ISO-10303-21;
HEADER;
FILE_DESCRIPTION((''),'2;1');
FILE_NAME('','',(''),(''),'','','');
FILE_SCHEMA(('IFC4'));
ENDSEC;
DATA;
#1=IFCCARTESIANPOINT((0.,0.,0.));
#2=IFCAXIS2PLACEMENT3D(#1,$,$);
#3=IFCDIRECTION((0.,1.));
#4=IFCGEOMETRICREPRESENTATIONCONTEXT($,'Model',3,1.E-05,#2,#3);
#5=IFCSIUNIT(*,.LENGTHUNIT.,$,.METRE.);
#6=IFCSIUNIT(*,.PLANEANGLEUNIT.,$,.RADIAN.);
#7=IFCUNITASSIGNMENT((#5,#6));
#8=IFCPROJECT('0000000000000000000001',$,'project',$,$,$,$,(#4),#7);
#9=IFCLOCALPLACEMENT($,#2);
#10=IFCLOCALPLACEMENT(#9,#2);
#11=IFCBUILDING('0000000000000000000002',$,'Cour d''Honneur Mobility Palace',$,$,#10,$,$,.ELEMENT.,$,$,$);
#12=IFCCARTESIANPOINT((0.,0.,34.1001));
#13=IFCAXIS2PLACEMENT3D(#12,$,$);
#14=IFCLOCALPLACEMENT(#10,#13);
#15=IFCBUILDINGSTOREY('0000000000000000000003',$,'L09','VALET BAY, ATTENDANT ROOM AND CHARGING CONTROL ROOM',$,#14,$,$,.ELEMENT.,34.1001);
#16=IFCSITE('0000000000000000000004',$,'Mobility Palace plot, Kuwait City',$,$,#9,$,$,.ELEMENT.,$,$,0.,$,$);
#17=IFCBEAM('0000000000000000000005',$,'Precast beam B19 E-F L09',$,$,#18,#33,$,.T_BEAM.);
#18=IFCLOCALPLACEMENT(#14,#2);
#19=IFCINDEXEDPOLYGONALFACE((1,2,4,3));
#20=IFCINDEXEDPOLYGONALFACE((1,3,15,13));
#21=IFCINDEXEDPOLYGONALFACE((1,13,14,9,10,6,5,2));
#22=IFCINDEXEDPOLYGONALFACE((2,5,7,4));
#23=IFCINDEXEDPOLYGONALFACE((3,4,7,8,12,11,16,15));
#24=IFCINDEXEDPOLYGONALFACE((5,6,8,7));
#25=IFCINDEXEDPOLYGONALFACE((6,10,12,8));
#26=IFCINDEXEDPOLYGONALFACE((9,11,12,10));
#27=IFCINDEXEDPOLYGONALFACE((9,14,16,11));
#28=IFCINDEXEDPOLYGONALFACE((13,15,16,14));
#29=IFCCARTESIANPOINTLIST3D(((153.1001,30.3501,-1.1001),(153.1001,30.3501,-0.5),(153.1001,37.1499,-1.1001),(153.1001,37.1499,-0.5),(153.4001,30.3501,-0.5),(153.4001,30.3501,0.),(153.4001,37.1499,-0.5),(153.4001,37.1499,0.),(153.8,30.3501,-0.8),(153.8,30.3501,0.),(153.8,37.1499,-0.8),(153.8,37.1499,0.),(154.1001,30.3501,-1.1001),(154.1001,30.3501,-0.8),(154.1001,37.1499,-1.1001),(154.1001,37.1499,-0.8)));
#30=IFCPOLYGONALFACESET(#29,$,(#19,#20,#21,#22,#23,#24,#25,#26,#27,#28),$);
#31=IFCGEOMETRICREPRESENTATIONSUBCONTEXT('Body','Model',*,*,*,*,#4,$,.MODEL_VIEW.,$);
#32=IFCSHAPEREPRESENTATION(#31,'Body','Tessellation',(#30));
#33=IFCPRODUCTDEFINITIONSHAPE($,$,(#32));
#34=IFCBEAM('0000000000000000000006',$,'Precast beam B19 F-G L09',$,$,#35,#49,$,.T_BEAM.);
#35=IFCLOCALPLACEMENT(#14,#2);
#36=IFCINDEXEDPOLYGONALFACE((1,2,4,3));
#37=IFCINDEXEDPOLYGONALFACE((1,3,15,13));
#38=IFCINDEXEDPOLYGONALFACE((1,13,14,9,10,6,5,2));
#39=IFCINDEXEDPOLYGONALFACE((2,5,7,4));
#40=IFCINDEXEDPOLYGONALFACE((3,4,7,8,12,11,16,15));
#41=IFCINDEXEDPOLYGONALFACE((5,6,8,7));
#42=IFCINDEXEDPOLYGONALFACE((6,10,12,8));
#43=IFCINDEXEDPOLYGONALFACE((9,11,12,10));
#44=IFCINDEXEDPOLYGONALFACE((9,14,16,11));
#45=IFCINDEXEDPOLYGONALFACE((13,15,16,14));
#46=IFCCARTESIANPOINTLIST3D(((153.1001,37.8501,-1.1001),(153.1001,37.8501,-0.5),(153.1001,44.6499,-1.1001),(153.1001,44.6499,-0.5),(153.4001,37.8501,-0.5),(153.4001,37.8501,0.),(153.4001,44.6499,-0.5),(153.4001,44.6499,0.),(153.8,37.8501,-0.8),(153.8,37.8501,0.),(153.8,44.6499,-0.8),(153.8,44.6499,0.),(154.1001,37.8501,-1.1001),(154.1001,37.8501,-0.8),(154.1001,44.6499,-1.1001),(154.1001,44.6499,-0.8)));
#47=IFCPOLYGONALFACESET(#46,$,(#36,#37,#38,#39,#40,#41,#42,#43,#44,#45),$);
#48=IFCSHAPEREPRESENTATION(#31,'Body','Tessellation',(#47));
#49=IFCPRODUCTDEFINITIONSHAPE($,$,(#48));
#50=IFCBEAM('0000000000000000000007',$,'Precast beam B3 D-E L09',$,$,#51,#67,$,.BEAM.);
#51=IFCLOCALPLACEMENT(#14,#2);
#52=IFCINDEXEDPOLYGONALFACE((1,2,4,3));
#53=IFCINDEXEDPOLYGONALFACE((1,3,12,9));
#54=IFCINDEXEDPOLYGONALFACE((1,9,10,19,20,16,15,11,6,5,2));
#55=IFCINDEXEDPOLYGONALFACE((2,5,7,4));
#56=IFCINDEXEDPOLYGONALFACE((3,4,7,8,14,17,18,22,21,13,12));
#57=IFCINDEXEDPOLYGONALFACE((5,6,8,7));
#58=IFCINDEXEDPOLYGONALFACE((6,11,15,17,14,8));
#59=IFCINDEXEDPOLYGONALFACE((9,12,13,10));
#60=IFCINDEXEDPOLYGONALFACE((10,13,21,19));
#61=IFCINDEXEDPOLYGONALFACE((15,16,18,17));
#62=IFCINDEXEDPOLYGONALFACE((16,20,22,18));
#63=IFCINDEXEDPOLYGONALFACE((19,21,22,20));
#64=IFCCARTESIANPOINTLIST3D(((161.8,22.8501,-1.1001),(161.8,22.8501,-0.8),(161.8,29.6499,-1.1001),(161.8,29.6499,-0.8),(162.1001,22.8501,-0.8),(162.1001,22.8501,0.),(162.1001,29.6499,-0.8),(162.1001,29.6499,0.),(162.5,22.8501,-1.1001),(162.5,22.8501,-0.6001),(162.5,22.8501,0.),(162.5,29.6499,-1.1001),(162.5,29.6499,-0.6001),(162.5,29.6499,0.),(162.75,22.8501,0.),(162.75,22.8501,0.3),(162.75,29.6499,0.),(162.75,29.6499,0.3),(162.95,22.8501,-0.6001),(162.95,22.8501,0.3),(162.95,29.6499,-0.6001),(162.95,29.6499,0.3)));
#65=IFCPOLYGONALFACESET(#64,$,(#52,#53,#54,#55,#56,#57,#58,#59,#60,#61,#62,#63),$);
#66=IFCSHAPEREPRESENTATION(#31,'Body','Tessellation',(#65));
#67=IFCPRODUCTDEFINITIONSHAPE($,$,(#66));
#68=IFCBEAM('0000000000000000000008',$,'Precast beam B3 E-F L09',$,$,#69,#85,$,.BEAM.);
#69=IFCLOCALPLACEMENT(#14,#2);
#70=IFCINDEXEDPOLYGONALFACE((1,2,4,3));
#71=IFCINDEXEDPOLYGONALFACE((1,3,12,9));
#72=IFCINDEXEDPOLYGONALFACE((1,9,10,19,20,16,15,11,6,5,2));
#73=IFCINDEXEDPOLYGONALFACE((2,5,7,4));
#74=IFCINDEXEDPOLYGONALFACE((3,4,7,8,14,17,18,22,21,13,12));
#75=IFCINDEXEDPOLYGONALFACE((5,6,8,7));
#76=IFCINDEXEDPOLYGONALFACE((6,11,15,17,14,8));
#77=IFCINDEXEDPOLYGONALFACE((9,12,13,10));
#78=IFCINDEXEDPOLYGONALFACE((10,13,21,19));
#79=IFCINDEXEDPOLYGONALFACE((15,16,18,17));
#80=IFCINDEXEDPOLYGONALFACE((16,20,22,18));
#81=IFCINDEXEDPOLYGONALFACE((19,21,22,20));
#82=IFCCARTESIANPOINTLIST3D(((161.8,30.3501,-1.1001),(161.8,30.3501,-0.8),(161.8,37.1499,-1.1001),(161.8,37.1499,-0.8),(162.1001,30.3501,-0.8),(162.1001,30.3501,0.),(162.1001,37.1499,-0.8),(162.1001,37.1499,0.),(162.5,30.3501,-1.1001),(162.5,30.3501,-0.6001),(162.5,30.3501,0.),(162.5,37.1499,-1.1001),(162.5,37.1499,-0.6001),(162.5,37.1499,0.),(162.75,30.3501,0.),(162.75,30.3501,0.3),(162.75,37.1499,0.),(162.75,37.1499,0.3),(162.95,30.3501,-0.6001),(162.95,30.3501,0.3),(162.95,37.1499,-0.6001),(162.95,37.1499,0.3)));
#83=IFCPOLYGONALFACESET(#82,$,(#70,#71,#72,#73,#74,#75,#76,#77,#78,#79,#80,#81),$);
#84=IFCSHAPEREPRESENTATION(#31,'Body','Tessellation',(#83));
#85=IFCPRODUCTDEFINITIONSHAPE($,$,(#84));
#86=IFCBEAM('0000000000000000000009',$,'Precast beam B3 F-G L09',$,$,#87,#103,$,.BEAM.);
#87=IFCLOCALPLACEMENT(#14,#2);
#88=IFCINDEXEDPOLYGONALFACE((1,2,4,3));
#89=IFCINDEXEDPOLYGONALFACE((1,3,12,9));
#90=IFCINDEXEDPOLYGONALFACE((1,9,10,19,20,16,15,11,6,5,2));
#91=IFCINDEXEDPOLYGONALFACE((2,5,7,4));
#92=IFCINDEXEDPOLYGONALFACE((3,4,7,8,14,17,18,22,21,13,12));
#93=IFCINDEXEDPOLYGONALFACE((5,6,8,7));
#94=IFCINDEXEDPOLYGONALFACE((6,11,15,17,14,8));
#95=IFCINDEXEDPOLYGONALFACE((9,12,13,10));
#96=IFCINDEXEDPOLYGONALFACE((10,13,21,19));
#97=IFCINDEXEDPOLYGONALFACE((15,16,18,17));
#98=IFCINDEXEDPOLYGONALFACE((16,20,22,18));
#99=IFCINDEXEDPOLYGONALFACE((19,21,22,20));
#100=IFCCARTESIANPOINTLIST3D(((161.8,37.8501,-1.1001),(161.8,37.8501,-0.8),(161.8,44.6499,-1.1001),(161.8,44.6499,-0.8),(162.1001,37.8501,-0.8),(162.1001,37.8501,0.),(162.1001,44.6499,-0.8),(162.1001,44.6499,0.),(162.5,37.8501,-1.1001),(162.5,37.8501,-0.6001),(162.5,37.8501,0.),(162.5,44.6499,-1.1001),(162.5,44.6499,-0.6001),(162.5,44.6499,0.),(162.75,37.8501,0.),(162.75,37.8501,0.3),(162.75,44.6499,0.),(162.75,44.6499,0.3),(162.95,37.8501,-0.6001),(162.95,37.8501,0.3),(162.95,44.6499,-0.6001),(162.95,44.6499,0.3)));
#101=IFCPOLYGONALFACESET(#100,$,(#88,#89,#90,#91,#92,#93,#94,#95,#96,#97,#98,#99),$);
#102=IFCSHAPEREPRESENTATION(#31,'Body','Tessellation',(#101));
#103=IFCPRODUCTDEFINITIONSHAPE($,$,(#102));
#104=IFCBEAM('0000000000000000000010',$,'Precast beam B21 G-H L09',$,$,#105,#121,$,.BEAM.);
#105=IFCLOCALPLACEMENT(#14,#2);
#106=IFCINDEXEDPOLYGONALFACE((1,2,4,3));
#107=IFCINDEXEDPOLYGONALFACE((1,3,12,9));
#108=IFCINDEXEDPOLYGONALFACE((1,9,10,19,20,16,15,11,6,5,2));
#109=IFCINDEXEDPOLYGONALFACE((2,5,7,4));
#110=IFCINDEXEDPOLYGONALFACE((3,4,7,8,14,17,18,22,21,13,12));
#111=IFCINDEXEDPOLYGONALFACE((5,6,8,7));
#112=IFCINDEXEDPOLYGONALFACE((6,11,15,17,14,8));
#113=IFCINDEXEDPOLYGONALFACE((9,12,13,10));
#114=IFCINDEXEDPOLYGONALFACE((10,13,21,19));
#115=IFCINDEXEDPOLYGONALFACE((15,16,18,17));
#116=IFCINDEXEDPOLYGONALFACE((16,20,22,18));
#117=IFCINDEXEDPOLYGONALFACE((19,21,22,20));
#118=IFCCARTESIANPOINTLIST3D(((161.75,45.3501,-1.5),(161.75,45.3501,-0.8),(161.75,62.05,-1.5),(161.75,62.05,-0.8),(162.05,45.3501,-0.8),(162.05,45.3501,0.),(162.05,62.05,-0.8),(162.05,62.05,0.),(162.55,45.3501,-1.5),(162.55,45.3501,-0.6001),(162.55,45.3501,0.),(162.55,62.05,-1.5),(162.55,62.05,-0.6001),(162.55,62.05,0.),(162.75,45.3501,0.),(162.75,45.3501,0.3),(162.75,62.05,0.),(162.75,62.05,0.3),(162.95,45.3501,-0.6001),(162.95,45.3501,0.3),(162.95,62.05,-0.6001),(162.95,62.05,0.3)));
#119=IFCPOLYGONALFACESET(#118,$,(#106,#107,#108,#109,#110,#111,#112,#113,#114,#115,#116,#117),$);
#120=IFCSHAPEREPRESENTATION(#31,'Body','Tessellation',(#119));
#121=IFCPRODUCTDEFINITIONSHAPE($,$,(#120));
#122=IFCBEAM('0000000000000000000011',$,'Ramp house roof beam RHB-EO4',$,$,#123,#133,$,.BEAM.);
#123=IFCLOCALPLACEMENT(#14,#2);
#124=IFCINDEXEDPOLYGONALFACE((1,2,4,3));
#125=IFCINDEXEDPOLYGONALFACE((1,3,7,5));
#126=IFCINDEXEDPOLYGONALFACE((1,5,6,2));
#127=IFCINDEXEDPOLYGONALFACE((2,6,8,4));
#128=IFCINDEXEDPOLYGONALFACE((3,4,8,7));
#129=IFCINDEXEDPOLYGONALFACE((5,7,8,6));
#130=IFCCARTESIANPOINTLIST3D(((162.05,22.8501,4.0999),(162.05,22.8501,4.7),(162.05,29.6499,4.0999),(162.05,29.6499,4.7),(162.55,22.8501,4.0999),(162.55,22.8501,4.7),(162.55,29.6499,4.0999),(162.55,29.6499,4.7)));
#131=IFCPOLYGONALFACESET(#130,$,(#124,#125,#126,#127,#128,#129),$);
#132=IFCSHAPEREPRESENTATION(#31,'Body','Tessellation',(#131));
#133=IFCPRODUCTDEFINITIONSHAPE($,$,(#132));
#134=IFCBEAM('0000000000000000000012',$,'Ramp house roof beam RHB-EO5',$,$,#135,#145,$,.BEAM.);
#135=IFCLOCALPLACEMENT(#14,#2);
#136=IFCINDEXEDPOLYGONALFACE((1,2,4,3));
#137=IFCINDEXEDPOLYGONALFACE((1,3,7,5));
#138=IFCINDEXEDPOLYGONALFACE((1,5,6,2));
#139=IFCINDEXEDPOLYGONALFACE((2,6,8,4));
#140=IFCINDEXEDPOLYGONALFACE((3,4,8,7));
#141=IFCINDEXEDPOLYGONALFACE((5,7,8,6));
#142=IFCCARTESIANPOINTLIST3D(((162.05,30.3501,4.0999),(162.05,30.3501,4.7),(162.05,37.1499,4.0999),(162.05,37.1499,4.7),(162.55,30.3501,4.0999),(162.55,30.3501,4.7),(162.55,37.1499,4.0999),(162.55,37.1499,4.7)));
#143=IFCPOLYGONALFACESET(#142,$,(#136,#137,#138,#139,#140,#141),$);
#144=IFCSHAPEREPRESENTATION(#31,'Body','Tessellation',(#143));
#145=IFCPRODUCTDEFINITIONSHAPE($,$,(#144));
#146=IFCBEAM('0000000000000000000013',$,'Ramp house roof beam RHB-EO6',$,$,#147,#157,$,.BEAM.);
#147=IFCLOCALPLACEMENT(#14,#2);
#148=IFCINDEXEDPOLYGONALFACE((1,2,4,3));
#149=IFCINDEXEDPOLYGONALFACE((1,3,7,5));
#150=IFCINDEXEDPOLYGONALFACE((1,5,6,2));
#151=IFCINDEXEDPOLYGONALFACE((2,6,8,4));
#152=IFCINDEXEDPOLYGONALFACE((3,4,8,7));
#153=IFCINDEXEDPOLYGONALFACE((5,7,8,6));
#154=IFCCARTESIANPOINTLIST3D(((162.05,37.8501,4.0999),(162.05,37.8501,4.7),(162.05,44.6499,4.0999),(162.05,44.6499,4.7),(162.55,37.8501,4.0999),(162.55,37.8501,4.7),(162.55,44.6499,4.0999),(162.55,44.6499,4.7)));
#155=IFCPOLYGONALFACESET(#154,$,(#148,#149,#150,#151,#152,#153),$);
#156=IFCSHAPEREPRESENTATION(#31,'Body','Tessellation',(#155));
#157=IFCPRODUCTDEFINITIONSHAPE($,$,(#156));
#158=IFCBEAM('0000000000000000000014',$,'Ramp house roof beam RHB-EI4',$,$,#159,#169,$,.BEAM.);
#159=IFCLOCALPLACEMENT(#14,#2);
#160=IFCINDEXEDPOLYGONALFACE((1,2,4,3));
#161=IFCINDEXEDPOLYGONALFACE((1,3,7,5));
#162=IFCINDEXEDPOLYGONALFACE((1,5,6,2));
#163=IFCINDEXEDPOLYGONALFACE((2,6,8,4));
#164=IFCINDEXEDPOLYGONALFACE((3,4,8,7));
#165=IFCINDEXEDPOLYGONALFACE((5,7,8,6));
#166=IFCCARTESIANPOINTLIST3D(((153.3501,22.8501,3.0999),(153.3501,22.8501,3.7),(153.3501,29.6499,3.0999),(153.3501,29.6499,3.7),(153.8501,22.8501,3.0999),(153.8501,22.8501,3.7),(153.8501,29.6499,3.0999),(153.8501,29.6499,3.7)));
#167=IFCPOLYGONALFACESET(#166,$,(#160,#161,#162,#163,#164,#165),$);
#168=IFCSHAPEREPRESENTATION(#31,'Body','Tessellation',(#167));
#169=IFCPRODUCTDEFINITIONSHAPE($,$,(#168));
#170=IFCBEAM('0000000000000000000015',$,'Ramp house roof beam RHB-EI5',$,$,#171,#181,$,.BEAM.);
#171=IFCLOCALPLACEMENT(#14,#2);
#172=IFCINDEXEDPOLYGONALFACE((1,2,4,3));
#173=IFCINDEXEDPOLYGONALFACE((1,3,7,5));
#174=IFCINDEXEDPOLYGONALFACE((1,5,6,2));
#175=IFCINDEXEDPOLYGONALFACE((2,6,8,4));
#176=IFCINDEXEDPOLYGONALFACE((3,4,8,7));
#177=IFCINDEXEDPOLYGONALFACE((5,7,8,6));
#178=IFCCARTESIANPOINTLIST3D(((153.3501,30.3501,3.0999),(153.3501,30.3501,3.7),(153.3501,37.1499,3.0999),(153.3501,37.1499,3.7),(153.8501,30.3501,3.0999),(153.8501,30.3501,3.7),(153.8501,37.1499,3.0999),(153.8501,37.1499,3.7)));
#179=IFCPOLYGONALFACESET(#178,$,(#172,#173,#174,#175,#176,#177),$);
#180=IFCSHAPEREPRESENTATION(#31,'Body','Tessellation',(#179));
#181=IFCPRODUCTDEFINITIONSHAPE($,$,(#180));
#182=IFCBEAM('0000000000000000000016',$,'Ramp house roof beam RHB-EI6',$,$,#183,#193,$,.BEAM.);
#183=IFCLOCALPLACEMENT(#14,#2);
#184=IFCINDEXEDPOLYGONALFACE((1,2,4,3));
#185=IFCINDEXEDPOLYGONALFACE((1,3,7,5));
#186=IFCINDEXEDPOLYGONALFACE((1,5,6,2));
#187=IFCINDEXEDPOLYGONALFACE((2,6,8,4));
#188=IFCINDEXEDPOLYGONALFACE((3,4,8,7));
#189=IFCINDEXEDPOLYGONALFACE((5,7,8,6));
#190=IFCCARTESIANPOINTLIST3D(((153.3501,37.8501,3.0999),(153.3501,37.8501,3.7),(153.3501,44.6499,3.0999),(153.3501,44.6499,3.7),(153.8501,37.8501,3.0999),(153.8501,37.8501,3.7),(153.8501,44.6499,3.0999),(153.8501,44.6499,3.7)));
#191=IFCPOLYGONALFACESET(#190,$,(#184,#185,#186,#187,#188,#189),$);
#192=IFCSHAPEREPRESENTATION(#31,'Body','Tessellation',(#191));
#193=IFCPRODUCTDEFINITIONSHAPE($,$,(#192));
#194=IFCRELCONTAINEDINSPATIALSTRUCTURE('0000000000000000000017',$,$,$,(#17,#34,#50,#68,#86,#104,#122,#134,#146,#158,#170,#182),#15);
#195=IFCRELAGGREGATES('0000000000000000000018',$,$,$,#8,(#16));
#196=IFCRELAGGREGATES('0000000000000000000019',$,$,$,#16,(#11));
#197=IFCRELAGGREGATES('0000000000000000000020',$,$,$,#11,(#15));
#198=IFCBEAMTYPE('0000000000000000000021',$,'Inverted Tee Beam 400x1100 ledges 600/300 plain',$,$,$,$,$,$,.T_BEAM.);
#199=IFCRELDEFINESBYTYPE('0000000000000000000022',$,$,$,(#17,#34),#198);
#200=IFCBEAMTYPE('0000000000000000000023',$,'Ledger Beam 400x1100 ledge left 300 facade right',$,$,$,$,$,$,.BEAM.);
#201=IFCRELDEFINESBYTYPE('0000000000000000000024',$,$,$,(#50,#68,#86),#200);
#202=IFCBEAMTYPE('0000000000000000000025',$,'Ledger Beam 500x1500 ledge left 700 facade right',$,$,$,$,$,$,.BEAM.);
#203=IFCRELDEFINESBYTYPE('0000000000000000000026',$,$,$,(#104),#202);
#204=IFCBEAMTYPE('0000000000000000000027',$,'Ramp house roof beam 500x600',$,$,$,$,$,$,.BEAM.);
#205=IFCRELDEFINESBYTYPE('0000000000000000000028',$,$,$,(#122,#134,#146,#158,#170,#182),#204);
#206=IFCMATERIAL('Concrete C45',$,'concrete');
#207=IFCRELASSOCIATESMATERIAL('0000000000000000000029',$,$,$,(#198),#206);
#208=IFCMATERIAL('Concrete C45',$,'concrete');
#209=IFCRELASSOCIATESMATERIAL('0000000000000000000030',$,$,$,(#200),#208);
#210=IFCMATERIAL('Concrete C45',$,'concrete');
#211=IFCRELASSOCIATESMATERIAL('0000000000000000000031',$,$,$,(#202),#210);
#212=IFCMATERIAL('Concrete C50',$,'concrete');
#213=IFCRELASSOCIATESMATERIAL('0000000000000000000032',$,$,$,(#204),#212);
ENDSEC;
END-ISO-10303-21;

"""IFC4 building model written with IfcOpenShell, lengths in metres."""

from ifc_helpers import new_model, si_unit, direction, frame, origin, origin_2d, place, context, subcontext, project, spatial, polyline, rectangle, outline, extrude, material, material_profile, profile_set, type_object, element, save


model = new_model("IFC4")

# Units and contexts
model_context = context("Model", 3, precision=1e-05, world=origin(), true_north=direction((0.0, 1.0)))
body_context = subcontext(model_context, "Body", "Model", "MODEL_VIEW")
ifc_project = project(units=[si_unit("LENGTHUNIT", "METRE"), si_unit("PLANEANGLEUNIT", "RADIAN")], contexts=[model_context])

# Site, building, storey
site_placement = place(None, origin())
site = spatial("IfcSite", under=ifc_project, at=site_placement, Name="Mobility Palace plot, Kuwait City", CompositionType="ELEMENT", RefElevation=0.0)
building_placement = place(site_placement, origin())
building = spatial("IfcBuilding", under=site, at=building_placement, Name="Cour d'Honneur Mobility Palace", CompositionType="ELEMENT")
storey_placement = place(building_placement, frame((0.0, 0.0, 34.1001)))
storey = spatial("IfcBuildingStorey", under=building, at=storey_placement, Name="L09", Description="VALET BAY, ATTENDANT ROOM AND CHARGING CONTROL ROOM", CompositionType="ELEMENT", Elevation=34.1001)

# Beams
ifc_material_1 = material(Name="Concrete C45", Category="concrete")
ifc_material_profile_1 = material_profile(ifc_material_1, outline(polyline([(0.5, -1.1001), (0.5, -0.5), (0.2, -0.5), (0.2, 0.0), (-0.2, 0.0), (-0.2, -0.8), (-0.5, -0.8), (-0.5, -1.1001), (0.5, -1.1001)])), Name="Inverted Tee Beam 400x1100 ledges 600/300 plain")
ifc_profile_set_1 = profile_set([ifc_material_profile_1], Name="Concrete C45")
beam_type_1 = type_object("IfcBeamType", Name="Inverted Tee Beam 400x1100 ledges 600/300 plain", PredefinedType="T_BEAM", material=ifc_profile_set_1)
for number, where, z_axis, x_axis, name in (
    (1, (153.6001, 30.3501, 0.0), (0.0, 1.0, 0.0), (-1.0, 0.0, 0.0), "Precast beam B19 E-F L09"),
    (2, (153.6001, 37.8501, 0.0), (0.0, 1.0, 0.0), (-1.0, 0.0, 0.0), "Precast beam B19 F-G L09"),
):
    element("IfcBeam", number, at=place(storey_placement, frame(where, z_axis=z_axis, x_axis=x_axis)), inside=storey, type_object=beam_type_1, Name=name, PredefinedType="T_BEAM", context=body_context, shape_type="SweptSolid", body=[
        extrude(outline(polyline([(0.5, -1.1001), (0.5, -0.5), (0.2, -0.5), (0.2, 0.0), (-0.2, 0.0), (-0.2, -0.8), (-0.5, -0.8), (-0.5, -1.1001), (0.5, -1.1001)])), origin(), (0.0, 0.0, 1.0), 6.7998),
    ])
ifc_material_2 = material(Name="Concrete C45", Category="concrete")
ifc_material_profile_2 = material_profile(ifc_material_2, outline(polyline([(0.5, -1.1001), (0.5, -0.8), (0.2, -0.8), (0.2, 0.0), (-0.2, 0.0), (-0.45, 0.0), (-0.45, 0.3), (-0.6499, 0.3), (-0.6499, -0.6001), (-0.2, -0.6001), (-0.2, -1.1001), (0.5, -1.1001)])), Name="Ledger Beam 400x1100 ledge left 300 facade right")
ifc_profile_set_2 = profile_set([ifc_material_profile_2], Name="Concrete C45")
beam_type_2 = type_object("IfcBeamType", Name="Ledger Beam 400x1100 ledge left 300 facade right", PredefinedType="BEAM", material=ifc_profile_set_2)
for number, where, z_axis, x_axis, name in (
    (3, (162.3, 22.8501, 0.0), (0.0, 1.0, 0.0), (-1.0, 0.0, 0.0), "Precast beam B3 D-E L09"),
    (4, (162.3, 30.3501, 0.0), (0.0, 1.0, 0.0), (-1.0, 0.0, 0.0), "Precast beam B3 E-F L09"),
    (5, (162.3, 37.8501, 0.0), (0.0, 1.0, 0.0), (-1.0, 0.0, 0.0), "Precast beam B3 F-G L09"),
):
    element("IfcBeam", number, at=place(storey_placement, frame(where, z_axis=z_axis, x_axis=x_axis)), inside=storey, type_object=beam_type_2, Name=name, PredefinedType="BEAM", context=body_context, shape_type="SweptSolid", body=[
        extrude(outline(polyline([(0.5, -1.1001), (0.5, -0.8), (0.2, -0.8), (0.2, 0.0), (-0.2, 0.0), (-0.45, 0.0), (-0.45, 0.3), (-0.6499, 0.3), (-0.6499, -0.6001), (-0.2, -0.6001), (-0.2, -1.1001), (0.5, -1.1001)])), origin(), (0.0, 0.0, 1.0), 6.7998),
    ])
ifc_material_3 = material(Name="Concrete C45", Category="concrete")
ifc_material_profile_3 = material_profile(ifc_material_3, outline(polyline([(0.55, -1.5), (0.55, -0.8), (0.25, -0.8), (0.25, 0.0), (-0.25, 0.0), (-0.45, 0.0), (-0.45, 0.3), (-0.6499, 0.3), (-0.6499, -0.6001), (-0.25, -0.6001), (-0.25, -1.5), (0.55, -1.5)])), Name="Ledger Beam 500x1500 ledge left 700 facade right")
ifc_profile_set_3 = profile_set([ifc_material_profile_3], Name="Concrete C45")
beam_type_3 = type_object("IfcBeamType", Name="Ledger Beam 500x1500 ledge left 700 facade right", PredefinedType="BEAM", material=ifc_profile_set_3)
beam_1_placement = place(storey_placement, frame((162.3, 45.3501, 0.0), z_axis=(0.0, 1.0, 0.0), x_axis=(-1.0, 0.0, 0.0)))
element("IfcBeam", 6, at=beam_1_placement, inside=storey, type_object=beam_type_3, Name="Precast beam B21 G-H L09", PredefinedType="BEAM", context=body_context, shape_type="SweptSolid", body=[
    extrude(outline(polyline([(0.55, -1.5), (0.55, -0.8), (0.25, -0.8), (0.25, 0.0), (-0.25, 0.0), (-0.45, 0.0), (-0.45, 0.3), (-0.6499, 0.3), (-0.6499, -0.6001), (-0.25, -0.6001), (-0.25, -1.5), (0.55, -1.5)])), origin(), (0.0, 0.0, 1.0), 16.7),
])
ifc_material_4 = material(Name="Concrete C50", Category="concrete")
ifc_material_profile_4 = material_profile(ifc_material_4, rectangle(XDim=0.5, YDim=0.6001, at=origin_2d()), Name="Ramp house roof beam 500x600")
ifc_profile_set_4 = profile_set([ifc_material_profile_4], Name="Concrete C50")
beam_type_4 = type_object("IfcBeamType", Name="Ramp house roof beam 500x600", PredefinedType="BEAM", material=ifc_profile_set_4)
for number, where, z_axis, x_axis, name in (
    (7, (162.3, 22.8501, 4.3999), (0.0, 1.0, 0.0), (-1.0, 0.0, 0.0), "Ramp house roof beam RHB-EO4"),
    (8, (162.3, 30.3501, 4.3999), (0.0, 1.0, 0.0), (-1.0, 0.0, 0.0), "Ramp house roof beam RHB-EO5"),
    (9, (162.3, 37.8501, 4.3999), (0.0, 1.0, 0.0), (-1.0, 0.0, 0.0), "Ramp house roof beam RHB-EO6"),
    (10, (153.6001, 22.8501, 3.3999), (0.0, 1.0, 0.0), (-1.0, 0.0, 0.0), "Ramp house roof beam RHB-EI4"),
    (11, (153.6001, 30.3501, 3.3999), (0.0, 1.0, 0.0), (-1.0, 0.0, 0.0), "Ramp house roof beam RHB-EI5"),
    (12, (153.6001, 37.8501, 3.3999), (0.0, 1.0, 0.0), (-1.0, 0.0, 0.0), "Ramp house roof beam RHB-EI6"),
):
    element("IfcBeam", number, at=place(storey_placement, frame(where, z_axis=z_axis, x_axis=x_axis)), inside=storey, type_object=beam_type_4, Name=name, PredefinedType="BEAM", context=body_context, shape_type="SweptSolid", body=[
        extrude(rectangle(XDim=0.5, YDim=0.6001, at=origin_2d()), origin(), (0.0, 0.0, 1.0), 6.7998),
    ])

save(model, "model.ifc")
